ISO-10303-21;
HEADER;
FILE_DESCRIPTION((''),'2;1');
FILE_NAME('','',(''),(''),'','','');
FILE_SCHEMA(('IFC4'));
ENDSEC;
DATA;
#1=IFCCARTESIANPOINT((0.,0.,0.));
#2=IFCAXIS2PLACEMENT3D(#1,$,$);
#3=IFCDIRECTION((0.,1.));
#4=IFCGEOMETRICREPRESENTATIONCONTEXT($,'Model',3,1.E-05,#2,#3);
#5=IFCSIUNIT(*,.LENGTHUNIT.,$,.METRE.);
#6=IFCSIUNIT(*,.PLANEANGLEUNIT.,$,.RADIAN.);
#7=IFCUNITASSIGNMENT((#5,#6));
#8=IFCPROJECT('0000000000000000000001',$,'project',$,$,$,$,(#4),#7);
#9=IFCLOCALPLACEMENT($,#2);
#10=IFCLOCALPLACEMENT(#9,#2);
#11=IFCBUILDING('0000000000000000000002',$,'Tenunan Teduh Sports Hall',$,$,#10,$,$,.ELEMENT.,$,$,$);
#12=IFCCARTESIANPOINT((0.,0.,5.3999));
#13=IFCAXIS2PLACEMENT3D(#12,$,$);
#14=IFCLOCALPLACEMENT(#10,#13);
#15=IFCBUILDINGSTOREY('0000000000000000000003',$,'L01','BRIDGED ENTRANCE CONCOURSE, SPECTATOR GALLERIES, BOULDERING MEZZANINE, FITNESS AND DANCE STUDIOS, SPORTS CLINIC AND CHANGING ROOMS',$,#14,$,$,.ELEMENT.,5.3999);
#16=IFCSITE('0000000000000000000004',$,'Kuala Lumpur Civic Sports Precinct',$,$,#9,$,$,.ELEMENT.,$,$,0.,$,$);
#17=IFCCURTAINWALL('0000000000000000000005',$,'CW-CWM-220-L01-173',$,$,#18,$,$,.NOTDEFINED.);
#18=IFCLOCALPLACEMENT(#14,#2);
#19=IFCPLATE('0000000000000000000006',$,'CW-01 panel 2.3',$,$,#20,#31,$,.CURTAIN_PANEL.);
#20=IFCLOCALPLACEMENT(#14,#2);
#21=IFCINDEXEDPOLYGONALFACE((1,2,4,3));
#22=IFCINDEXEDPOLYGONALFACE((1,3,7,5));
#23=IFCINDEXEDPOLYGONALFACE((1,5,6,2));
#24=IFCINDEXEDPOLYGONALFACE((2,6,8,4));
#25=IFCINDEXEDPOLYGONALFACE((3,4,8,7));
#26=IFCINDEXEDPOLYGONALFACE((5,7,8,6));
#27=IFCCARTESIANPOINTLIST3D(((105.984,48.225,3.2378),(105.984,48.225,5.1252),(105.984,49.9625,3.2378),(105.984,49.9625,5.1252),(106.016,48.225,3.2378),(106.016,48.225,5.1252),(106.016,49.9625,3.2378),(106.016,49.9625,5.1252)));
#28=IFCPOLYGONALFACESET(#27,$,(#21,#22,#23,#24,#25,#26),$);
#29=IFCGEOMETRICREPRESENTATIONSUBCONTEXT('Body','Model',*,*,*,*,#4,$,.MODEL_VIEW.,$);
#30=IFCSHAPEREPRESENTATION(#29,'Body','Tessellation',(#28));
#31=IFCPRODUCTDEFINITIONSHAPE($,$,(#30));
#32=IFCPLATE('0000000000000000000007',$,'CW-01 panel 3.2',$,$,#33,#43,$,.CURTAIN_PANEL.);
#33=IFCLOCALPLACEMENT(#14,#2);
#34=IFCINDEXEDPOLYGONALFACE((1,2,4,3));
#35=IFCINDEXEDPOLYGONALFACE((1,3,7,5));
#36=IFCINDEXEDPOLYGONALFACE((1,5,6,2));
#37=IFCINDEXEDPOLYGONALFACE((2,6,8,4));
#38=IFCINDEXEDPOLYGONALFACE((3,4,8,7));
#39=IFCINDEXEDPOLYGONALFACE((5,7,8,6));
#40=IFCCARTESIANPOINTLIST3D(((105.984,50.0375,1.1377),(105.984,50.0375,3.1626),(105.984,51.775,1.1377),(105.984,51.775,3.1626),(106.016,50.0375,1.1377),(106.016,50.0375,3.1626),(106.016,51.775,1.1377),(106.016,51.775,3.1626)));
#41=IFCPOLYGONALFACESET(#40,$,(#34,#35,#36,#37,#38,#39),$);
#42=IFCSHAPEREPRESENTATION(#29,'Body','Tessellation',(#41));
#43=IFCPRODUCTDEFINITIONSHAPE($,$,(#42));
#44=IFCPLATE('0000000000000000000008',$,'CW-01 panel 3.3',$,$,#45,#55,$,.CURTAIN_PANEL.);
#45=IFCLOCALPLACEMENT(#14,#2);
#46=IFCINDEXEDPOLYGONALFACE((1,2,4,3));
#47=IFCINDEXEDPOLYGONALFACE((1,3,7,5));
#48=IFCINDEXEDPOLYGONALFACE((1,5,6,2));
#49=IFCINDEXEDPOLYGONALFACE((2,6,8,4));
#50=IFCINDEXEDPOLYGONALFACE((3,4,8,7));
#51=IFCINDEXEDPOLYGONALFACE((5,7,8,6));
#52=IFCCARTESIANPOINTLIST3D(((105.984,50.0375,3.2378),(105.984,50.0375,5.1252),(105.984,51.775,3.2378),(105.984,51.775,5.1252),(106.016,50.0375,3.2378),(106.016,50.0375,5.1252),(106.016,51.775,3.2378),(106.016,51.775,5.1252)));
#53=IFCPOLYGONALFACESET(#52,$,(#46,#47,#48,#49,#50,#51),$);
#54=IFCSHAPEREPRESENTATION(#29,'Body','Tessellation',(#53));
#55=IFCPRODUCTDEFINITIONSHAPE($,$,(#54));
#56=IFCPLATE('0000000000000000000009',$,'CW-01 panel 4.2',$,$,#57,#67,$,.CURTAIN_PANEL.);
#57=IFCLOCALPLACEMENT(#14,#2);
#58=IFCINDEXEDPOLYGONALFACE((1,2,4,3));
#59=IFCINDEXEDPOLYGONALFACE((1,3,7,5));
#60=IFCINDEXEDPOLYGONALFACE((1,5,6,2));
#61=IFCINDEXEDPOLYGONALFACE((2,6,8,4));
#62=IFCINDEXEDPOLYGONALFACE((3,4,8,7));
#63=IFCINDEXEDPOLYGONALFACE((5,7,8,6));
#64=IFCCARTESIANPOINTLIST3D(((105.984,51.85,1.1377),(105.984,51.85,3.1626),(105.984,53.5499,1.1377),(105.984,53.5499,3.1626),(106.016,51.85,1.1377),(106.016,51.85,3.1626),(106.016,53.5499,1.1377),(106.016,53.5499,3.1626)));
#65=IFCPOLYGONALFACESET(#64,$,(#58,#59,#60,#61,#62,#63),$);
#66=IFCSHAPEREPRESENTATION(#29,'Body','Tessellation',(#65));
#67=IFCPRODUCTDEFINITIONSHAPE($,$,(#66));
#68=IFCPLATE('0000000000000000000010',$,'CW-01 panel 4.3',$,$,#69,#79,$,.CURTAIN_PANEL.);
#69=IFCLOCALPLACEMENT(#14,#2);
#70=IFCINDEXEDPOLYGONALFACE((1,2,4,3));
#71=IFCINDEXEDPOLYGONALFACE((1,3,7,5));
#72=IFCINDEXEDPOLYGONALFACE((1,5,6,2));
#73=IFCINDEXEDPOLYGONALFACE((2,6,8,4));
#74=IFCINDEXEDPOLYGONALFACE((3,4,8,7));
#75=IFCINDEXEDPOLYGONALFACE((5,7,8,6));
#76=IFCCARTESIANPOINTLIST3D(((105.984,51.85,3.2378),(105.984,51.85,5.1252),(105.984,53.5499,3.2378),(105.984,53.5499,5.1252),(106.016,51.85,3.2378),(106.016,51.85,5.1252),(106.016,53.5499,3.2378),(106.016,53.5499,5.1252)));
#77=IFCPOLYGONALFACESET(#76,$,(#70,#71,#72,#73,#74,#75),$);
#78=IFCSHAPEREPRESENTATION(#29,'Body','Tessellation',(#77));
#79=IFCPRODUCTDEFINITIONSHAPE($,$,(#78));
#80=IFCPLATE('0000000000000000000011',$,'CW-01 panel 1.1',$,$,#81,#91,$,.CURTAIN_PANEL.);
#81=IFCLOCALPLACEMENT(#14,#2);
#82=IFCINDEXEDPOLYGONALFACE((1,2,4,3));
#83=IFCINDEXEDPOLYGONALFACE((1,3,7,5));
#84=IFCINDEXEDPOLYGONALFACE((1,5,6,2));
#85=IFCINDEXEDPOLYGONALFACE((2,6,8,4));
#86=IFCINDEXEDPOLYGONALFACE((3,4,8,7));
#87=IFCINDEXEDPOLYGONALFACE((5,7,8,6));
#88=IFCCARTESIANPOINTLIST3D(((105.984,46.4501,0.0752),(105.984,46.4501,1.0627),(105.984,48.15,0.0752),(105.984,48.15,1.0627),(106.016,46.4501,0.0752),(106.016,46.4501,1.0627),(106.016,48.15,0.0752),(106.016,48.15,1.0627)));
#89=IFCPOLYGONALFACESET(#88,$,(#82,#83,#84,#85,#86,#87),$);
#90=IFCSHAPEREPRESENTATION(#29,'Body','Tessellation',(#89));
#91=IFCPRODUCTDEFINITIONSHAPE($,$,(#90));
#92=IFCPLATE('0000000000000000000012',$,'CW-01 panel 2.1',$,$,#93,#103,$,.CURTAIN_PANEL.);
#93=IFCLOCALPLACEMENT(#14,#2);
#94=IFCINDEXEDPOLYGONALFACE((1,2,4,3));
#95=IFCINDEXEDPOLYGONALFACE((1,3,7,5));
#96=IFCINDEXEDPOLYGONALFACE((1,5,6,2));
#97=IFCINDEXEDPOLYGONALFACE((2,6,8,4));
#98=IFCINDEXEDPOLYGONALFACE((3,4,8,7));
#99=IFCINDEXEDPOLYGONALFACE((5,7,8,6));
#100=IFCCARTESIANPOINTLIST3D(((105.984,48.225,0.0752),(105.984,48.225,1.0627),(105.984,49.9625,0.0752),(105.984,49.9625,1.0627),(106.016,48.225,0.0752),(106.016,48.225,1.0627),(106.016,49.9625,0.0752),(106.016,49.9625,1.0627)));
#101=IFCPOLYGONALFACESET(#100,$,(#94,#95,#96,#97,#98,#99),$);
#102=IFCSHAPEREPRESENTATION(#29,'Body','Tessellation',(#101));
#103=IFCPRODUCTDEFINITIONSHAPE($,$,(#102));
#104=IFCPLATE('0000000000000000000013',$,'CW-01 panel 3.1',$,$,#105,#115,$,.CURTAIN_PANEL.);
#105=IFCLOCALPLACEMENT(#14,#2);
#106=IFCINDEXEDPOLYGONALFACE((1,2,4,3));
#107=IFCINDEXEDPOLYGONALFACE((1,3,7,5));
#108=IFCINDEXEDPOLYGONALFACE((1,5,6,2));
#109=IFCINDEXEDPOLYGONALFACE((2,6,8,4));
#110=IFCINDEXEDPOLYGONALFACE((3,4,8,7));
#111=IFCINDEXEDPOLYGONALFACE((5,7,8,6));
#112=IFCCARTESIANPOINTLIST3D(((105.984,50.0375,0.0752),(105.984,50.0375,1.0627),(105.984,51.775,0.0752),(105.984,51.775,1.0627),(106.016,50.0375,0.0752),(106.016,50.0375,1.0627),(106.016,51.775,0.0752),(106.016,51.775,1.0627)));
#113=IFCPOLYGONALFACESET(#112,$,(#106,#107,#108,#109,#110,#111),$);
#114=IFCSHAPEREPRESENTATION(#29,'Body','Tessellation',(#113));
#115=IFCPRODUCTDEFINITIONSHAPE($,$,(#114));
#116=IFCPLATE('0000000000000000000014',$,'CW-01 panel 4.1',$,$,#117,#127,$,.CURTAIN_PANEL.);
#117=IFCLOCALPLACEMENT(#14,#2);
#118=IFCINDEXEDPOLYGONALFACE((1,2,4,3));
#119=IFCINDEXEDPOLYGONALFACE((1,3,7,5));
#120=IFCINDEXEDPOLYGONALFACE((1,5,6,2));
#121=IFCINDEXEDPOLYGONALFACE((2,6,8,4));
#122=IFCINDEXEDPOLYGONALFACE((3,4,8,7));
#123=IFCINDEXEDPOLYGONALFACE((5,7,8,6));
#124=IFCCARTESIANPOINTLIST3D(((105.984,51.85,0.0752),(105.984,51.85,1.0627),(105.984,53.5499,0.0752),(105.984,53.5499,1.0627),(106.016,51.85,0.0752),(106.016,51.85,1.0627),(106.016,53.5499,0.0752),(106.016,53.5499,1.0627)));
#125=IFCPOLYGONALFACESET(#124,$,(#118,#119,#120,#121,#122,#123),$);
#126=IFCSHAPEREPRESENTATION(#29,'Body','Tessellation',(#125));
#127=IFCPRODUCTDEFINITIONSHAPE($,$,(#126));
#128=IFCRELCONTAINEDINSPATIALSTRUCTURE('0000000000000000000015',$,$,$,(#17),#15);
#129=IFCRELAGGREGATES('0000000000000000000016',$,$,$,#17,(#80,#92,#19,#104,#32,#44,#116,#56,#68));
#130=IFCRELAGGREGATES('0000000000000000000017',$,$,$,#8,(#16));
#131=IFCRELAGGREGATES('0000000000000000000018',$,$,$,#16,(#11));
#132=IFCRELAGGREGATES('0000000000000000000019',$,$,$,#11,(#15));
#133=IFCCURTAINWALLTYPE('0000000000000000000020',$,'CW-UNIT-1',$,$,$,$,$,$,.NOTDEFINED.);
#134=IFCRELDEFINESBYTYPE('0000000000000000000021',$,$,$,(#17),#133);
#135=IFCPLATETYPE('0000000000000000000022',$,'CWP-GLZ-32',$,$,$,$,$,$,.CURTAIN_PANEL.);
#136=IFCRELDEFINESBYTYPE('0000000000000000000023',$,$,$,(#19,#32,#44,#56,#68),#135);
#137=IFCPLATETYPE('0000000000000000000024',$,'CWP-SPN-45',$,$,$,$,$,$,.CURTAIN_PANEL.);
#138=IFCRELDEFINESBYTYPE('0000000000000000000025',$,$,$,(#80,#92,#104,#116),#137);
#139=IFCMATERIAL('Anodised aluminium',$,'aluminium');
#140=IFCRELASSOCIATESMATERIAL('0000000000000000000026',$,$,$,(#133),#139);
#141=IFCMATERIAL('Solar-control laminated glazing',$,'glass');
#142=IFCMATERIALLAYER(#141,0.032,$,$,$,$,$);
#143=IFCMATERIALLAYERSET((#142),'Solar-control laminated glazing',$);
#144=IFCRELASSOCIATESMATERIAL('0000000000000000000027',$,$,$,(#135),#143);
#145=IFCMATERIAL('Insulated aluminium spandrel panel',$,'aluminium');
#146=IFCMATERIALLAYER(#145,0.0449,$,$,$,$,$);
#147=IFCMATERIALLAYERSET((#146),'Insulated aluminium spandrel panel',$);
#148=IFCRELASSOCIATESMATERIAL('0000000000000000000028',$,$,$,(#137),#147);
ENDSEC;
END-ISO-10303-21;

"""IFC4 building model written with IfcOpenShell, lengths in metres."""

from ifc_helpers import new_model, si_unit, direction, frame, origin, origin_2d, place, context, subcontext, project, spatial, rectangle, extrude, material, layer, layer_set, type_object, element, aggregate, save


model = new_model("IFC4")

# Units and contexts
model_context = context("Model", 3, precision=1e-05, world=origin(), true_north=direction((0.0, 1.0)))
body_context = subcontext(model_context, "Body", "Model", "MODEL_VIEW")
ifc_project = project(units=[si_unit("LENGTHUNIT", "METRE"), si_unit("PLANEANGLEUNIT", "RADIAN")], contexts=[model_context])

# Site, building, storey
site_placement = place(None, origin())
site = spatial("IfcSite", under=ifc_project, at=site_placement, Name="Kuala Lumpur Civic Sports Precinct", CompositionType="ELEMENT", RefElevation=0.0)
building_placement = place(site_placement, origin())
building = spatial("IfcBuilding", under=site, at=building_placement, Name="Tenunan Teduh Sports Hall", CompositionType="ELEMENT")
storey_placement = place(building_placement, frame((0.0, 0.0, 5.3999)))
storey = spatial("IfcBuildingStorey", under=building, at=storey_placement, Name="L01", Description="BRIDGED ENTRANCE CONCOURSE, SPECTATOR GALLERIES, BOULDERING MEZZANINE, FITNESS AND DANCE STUDIOS, SPORTS CLINIC AND CHANGING ROOMS", CompositionType="ELEMENT", Elevation=5.3999)

# Curtain wall
ifc_material_1 = material(Name="Anodised aluminium", Category="aluminium")
curtain_wall_type = type_object("IfcCurtainWallType", Name="CW-UNIT-1", PredefinedType="NOTDEFINED", material=ifc_material_1)
curtain_wall_placement = place(storey_placement, origin())
curtain_wall = element("IfcCurtainWall", 1, at=curtain_wall_placement, inside=storey, type_object=curtain_wall_type, Name="CW-CWM-220-L01-173", PredefinedType="NOTDEFINED")

# Plates
ifc_material_2 = material(Name="Solar-control laminated glazing", Category="glass")
ifc_layer_1 = layer(ifc_material_2, 0.032)
ifc_layer_set_1 = layer_set([ifc_layer_1], Name="Solar-control laminated glazing")
plate_type_1 = type_object("IfcPlateType", Name="CWP-GLZ-32", PredefinedType="CURTAIN_PANEL", material=ifc_layer_set_1)
plate_1_placement = place(storey_placement, frame((106.0, 49.0938, 3.2378), z_axis=(0.0, 0.0, 1.0), x_axis=(0.0, 1.0, 0.0)))
plate_1 = element("IfcPlate", 2, at=plate_1_placement, type_object=plate_type_1, Name="CW-01 panel 2.3", PredefinedType="CURTAIN_PANEL", context=body_context, shape_type="SweptSolid", body=[
    extrude(rectangle(XDim=1.7375, YDim=0.032, at=origin_2d()), origin(), (0.0, 0.0, 1.0), 1.8875),
])
plate_2_placement = place(storey_placement, frame((106.0, 50.9062, 1.1377), z_axis=(0.0, 0.0, 1.0), x_axis=(0.0, 1.0, 0.0)))
plate_2 = element("IfcPlate", 3, at=plate_2_placement, type_object=plate_type_1, Name="CW-01 panel 3.2", PredefinedType="CURTAIN_PANEL", context=body_context, shape_type="SweptSolid", body=[
    extrude(rectangle(XDim=1.7375, YDim=0.032, at=origin_2d()), origin(), (0.0, 0.0, 1.0), 2.0249),
])
plate_3_placement = place(storey_placement, frame((106.0, 50.9062, 3.2378), z_axis=(0.0, 0.0, 1.0), x_axis=(0.0, 1.0, 0.0)))
plate_3 = element("IfcPlate", 4, at=plate_3_placement, type_object=plate_type_1, Name="CW-01 panel 3.3", PredefinedType="CURTAIN_PANEL", context=body_context, shape_type="SweptSolid", body=[
    extrude(rectangle(XDim=1.7375, YDim=0.032, at=origin_2d()), origin(), (0.0, 0.0, 1.0), 1.8875),
])
plate_4_placement = place(storey_placement, frame((106.0, 52.7, 1.1377), z_axis=(0.0, 0.0, 1.0), x_axis=(0.0, 1.0, 0.0)))
plate_4 = element("IfcPlate", 5, at=plate_4_placement, type_object=plate_type_1, Name="CW-01 panel 4.2", PredefinedType="CURTAIN_PANEL", context=body_context, shape_type="SweptSolid", body=[
    extrude(rectangle(XDim=1.7, YDim=0.032, at=origin_2d()), origin(), (0.0, 0.0, 1.0), 2.0249),
])
plate_5_placement = place(storey_placement, frame((106.0, 52.7, 3.2378), z_axis=(0.0, 0.0, 1.0), x_axis=(0.0, 1.0, 0.0)))
plate_5 = element("IfcPlate", 6, at=plate_5_placement, type_object=plate_type_1, Name="CW-01 panel 4.3", PredefinedType="CURTAIN_PANEL", context=body_context, shape_type="SweptSolid", body=[
    extrude(rectangle(XDim=1.7, YDim=0.032, at=origin_2d()), origin(), (0.0, 0.0, 1.0), 1.8875),
])
ifc_material_3 = material(Name="Insulated aluminium spandrel panel", Category="aluminium")
ifc_layer_2 = layer(ifc_material_3, 0.0449)
ifc_layer_set_2 = layer_set([ifc_layer_2], Name="Insulated aluminium spandrel panel")
plate_type_2 = type_object("IfcPlateType", Name="CWP-SPN-45", PredefinedType="CURTAIN_PANEL", material=ifc_layer_set_2)
plate_6_placement = place(storey_placement, frame((106.0, 47.3, 0.0752), z_axis=(0.0, 0.0, 1.0), x_axis=(0.0, 1.0, 0.0)))
plate_6 = element("IfcPlate", 7, at=plate_6_placement, type_object=plate_type_2, Name="CW-01 panel 1.1", PredefinedType="CURTAIN_PANEL", context=body_context, shape_type="SweptSolid", body=[
    extrude(rectangle(XDim=1.7, YDim=0.032, at=origin_2d()), origin(), (0.0, 0.0, 1.0), 0.9875),
])
plate_7_placement = place(storey_placement, frame((106.0, 49.0938, 0.0752), z_axis=(0.0, 0.0, 1.0), x_axis=(0.0, 1.0, 0.0)))
plate_7 = element("IfcPlate", 8, at=plate_7_placement, type_object=plate_type_2, Name="CW-01 panel 2.1", PredefinedType="CURTAIN_PANEL", context=body_context, shape_type="SweptSolid", body=[
    extrude(rectangle(XDim=1.7375, YDim=0.032, at=origin_2d()), origin(), (0.0, 0.0, 1.0), 0.9875),
])
plate_8_placement = place(storey_placement, frame((106.0, 50.9062, 0.0752), z_axis=(0.0, 0.0, 1.0), x_axis=(0.0, 1.0, 0.0)))
plate_8 = element("IfcPlate", 9, at=plate_8_placement, type_object=plate_type_2, Name="CW-01 panel 3.1", PredefinedType="CURTAIN_PANEL", context=body_context, shape_type="SweptSolid", body=[
    extrude(rectangle(XDim=1.7375, YDim=0.032, at=origin_2d()), origin(), (0.0, 0.0, 1.0), 0.9875),
])
plate_9_placement = place(storey_placement, frame((106.0, 52.7, 0.0752), z_axis=(0.0, 0.0, 1.0), x_axis=(0.0, 1.0, 0.0)))
plate_9 = element("IfcPlate", 10, at=plate_9_placement, type_object=plate_type_2, Name="CW-01 panel 4.1", PredefinedType="CURTAIN_PANEL", context=body_context, shape_type="SweptSolid", body=[
    extrude(rectangle(XDim=1.7, YDim=0.032, at=origin_2d()), origin(), (0.0, 0.0, 1.0), 0.9875),
])
aggregate(curtain_wall, [plate_6, plate_7, plate_1, plate_8, plate_2, plate_3, plate_9, plate_4, plate_5])

save(model, "model.ifc")
